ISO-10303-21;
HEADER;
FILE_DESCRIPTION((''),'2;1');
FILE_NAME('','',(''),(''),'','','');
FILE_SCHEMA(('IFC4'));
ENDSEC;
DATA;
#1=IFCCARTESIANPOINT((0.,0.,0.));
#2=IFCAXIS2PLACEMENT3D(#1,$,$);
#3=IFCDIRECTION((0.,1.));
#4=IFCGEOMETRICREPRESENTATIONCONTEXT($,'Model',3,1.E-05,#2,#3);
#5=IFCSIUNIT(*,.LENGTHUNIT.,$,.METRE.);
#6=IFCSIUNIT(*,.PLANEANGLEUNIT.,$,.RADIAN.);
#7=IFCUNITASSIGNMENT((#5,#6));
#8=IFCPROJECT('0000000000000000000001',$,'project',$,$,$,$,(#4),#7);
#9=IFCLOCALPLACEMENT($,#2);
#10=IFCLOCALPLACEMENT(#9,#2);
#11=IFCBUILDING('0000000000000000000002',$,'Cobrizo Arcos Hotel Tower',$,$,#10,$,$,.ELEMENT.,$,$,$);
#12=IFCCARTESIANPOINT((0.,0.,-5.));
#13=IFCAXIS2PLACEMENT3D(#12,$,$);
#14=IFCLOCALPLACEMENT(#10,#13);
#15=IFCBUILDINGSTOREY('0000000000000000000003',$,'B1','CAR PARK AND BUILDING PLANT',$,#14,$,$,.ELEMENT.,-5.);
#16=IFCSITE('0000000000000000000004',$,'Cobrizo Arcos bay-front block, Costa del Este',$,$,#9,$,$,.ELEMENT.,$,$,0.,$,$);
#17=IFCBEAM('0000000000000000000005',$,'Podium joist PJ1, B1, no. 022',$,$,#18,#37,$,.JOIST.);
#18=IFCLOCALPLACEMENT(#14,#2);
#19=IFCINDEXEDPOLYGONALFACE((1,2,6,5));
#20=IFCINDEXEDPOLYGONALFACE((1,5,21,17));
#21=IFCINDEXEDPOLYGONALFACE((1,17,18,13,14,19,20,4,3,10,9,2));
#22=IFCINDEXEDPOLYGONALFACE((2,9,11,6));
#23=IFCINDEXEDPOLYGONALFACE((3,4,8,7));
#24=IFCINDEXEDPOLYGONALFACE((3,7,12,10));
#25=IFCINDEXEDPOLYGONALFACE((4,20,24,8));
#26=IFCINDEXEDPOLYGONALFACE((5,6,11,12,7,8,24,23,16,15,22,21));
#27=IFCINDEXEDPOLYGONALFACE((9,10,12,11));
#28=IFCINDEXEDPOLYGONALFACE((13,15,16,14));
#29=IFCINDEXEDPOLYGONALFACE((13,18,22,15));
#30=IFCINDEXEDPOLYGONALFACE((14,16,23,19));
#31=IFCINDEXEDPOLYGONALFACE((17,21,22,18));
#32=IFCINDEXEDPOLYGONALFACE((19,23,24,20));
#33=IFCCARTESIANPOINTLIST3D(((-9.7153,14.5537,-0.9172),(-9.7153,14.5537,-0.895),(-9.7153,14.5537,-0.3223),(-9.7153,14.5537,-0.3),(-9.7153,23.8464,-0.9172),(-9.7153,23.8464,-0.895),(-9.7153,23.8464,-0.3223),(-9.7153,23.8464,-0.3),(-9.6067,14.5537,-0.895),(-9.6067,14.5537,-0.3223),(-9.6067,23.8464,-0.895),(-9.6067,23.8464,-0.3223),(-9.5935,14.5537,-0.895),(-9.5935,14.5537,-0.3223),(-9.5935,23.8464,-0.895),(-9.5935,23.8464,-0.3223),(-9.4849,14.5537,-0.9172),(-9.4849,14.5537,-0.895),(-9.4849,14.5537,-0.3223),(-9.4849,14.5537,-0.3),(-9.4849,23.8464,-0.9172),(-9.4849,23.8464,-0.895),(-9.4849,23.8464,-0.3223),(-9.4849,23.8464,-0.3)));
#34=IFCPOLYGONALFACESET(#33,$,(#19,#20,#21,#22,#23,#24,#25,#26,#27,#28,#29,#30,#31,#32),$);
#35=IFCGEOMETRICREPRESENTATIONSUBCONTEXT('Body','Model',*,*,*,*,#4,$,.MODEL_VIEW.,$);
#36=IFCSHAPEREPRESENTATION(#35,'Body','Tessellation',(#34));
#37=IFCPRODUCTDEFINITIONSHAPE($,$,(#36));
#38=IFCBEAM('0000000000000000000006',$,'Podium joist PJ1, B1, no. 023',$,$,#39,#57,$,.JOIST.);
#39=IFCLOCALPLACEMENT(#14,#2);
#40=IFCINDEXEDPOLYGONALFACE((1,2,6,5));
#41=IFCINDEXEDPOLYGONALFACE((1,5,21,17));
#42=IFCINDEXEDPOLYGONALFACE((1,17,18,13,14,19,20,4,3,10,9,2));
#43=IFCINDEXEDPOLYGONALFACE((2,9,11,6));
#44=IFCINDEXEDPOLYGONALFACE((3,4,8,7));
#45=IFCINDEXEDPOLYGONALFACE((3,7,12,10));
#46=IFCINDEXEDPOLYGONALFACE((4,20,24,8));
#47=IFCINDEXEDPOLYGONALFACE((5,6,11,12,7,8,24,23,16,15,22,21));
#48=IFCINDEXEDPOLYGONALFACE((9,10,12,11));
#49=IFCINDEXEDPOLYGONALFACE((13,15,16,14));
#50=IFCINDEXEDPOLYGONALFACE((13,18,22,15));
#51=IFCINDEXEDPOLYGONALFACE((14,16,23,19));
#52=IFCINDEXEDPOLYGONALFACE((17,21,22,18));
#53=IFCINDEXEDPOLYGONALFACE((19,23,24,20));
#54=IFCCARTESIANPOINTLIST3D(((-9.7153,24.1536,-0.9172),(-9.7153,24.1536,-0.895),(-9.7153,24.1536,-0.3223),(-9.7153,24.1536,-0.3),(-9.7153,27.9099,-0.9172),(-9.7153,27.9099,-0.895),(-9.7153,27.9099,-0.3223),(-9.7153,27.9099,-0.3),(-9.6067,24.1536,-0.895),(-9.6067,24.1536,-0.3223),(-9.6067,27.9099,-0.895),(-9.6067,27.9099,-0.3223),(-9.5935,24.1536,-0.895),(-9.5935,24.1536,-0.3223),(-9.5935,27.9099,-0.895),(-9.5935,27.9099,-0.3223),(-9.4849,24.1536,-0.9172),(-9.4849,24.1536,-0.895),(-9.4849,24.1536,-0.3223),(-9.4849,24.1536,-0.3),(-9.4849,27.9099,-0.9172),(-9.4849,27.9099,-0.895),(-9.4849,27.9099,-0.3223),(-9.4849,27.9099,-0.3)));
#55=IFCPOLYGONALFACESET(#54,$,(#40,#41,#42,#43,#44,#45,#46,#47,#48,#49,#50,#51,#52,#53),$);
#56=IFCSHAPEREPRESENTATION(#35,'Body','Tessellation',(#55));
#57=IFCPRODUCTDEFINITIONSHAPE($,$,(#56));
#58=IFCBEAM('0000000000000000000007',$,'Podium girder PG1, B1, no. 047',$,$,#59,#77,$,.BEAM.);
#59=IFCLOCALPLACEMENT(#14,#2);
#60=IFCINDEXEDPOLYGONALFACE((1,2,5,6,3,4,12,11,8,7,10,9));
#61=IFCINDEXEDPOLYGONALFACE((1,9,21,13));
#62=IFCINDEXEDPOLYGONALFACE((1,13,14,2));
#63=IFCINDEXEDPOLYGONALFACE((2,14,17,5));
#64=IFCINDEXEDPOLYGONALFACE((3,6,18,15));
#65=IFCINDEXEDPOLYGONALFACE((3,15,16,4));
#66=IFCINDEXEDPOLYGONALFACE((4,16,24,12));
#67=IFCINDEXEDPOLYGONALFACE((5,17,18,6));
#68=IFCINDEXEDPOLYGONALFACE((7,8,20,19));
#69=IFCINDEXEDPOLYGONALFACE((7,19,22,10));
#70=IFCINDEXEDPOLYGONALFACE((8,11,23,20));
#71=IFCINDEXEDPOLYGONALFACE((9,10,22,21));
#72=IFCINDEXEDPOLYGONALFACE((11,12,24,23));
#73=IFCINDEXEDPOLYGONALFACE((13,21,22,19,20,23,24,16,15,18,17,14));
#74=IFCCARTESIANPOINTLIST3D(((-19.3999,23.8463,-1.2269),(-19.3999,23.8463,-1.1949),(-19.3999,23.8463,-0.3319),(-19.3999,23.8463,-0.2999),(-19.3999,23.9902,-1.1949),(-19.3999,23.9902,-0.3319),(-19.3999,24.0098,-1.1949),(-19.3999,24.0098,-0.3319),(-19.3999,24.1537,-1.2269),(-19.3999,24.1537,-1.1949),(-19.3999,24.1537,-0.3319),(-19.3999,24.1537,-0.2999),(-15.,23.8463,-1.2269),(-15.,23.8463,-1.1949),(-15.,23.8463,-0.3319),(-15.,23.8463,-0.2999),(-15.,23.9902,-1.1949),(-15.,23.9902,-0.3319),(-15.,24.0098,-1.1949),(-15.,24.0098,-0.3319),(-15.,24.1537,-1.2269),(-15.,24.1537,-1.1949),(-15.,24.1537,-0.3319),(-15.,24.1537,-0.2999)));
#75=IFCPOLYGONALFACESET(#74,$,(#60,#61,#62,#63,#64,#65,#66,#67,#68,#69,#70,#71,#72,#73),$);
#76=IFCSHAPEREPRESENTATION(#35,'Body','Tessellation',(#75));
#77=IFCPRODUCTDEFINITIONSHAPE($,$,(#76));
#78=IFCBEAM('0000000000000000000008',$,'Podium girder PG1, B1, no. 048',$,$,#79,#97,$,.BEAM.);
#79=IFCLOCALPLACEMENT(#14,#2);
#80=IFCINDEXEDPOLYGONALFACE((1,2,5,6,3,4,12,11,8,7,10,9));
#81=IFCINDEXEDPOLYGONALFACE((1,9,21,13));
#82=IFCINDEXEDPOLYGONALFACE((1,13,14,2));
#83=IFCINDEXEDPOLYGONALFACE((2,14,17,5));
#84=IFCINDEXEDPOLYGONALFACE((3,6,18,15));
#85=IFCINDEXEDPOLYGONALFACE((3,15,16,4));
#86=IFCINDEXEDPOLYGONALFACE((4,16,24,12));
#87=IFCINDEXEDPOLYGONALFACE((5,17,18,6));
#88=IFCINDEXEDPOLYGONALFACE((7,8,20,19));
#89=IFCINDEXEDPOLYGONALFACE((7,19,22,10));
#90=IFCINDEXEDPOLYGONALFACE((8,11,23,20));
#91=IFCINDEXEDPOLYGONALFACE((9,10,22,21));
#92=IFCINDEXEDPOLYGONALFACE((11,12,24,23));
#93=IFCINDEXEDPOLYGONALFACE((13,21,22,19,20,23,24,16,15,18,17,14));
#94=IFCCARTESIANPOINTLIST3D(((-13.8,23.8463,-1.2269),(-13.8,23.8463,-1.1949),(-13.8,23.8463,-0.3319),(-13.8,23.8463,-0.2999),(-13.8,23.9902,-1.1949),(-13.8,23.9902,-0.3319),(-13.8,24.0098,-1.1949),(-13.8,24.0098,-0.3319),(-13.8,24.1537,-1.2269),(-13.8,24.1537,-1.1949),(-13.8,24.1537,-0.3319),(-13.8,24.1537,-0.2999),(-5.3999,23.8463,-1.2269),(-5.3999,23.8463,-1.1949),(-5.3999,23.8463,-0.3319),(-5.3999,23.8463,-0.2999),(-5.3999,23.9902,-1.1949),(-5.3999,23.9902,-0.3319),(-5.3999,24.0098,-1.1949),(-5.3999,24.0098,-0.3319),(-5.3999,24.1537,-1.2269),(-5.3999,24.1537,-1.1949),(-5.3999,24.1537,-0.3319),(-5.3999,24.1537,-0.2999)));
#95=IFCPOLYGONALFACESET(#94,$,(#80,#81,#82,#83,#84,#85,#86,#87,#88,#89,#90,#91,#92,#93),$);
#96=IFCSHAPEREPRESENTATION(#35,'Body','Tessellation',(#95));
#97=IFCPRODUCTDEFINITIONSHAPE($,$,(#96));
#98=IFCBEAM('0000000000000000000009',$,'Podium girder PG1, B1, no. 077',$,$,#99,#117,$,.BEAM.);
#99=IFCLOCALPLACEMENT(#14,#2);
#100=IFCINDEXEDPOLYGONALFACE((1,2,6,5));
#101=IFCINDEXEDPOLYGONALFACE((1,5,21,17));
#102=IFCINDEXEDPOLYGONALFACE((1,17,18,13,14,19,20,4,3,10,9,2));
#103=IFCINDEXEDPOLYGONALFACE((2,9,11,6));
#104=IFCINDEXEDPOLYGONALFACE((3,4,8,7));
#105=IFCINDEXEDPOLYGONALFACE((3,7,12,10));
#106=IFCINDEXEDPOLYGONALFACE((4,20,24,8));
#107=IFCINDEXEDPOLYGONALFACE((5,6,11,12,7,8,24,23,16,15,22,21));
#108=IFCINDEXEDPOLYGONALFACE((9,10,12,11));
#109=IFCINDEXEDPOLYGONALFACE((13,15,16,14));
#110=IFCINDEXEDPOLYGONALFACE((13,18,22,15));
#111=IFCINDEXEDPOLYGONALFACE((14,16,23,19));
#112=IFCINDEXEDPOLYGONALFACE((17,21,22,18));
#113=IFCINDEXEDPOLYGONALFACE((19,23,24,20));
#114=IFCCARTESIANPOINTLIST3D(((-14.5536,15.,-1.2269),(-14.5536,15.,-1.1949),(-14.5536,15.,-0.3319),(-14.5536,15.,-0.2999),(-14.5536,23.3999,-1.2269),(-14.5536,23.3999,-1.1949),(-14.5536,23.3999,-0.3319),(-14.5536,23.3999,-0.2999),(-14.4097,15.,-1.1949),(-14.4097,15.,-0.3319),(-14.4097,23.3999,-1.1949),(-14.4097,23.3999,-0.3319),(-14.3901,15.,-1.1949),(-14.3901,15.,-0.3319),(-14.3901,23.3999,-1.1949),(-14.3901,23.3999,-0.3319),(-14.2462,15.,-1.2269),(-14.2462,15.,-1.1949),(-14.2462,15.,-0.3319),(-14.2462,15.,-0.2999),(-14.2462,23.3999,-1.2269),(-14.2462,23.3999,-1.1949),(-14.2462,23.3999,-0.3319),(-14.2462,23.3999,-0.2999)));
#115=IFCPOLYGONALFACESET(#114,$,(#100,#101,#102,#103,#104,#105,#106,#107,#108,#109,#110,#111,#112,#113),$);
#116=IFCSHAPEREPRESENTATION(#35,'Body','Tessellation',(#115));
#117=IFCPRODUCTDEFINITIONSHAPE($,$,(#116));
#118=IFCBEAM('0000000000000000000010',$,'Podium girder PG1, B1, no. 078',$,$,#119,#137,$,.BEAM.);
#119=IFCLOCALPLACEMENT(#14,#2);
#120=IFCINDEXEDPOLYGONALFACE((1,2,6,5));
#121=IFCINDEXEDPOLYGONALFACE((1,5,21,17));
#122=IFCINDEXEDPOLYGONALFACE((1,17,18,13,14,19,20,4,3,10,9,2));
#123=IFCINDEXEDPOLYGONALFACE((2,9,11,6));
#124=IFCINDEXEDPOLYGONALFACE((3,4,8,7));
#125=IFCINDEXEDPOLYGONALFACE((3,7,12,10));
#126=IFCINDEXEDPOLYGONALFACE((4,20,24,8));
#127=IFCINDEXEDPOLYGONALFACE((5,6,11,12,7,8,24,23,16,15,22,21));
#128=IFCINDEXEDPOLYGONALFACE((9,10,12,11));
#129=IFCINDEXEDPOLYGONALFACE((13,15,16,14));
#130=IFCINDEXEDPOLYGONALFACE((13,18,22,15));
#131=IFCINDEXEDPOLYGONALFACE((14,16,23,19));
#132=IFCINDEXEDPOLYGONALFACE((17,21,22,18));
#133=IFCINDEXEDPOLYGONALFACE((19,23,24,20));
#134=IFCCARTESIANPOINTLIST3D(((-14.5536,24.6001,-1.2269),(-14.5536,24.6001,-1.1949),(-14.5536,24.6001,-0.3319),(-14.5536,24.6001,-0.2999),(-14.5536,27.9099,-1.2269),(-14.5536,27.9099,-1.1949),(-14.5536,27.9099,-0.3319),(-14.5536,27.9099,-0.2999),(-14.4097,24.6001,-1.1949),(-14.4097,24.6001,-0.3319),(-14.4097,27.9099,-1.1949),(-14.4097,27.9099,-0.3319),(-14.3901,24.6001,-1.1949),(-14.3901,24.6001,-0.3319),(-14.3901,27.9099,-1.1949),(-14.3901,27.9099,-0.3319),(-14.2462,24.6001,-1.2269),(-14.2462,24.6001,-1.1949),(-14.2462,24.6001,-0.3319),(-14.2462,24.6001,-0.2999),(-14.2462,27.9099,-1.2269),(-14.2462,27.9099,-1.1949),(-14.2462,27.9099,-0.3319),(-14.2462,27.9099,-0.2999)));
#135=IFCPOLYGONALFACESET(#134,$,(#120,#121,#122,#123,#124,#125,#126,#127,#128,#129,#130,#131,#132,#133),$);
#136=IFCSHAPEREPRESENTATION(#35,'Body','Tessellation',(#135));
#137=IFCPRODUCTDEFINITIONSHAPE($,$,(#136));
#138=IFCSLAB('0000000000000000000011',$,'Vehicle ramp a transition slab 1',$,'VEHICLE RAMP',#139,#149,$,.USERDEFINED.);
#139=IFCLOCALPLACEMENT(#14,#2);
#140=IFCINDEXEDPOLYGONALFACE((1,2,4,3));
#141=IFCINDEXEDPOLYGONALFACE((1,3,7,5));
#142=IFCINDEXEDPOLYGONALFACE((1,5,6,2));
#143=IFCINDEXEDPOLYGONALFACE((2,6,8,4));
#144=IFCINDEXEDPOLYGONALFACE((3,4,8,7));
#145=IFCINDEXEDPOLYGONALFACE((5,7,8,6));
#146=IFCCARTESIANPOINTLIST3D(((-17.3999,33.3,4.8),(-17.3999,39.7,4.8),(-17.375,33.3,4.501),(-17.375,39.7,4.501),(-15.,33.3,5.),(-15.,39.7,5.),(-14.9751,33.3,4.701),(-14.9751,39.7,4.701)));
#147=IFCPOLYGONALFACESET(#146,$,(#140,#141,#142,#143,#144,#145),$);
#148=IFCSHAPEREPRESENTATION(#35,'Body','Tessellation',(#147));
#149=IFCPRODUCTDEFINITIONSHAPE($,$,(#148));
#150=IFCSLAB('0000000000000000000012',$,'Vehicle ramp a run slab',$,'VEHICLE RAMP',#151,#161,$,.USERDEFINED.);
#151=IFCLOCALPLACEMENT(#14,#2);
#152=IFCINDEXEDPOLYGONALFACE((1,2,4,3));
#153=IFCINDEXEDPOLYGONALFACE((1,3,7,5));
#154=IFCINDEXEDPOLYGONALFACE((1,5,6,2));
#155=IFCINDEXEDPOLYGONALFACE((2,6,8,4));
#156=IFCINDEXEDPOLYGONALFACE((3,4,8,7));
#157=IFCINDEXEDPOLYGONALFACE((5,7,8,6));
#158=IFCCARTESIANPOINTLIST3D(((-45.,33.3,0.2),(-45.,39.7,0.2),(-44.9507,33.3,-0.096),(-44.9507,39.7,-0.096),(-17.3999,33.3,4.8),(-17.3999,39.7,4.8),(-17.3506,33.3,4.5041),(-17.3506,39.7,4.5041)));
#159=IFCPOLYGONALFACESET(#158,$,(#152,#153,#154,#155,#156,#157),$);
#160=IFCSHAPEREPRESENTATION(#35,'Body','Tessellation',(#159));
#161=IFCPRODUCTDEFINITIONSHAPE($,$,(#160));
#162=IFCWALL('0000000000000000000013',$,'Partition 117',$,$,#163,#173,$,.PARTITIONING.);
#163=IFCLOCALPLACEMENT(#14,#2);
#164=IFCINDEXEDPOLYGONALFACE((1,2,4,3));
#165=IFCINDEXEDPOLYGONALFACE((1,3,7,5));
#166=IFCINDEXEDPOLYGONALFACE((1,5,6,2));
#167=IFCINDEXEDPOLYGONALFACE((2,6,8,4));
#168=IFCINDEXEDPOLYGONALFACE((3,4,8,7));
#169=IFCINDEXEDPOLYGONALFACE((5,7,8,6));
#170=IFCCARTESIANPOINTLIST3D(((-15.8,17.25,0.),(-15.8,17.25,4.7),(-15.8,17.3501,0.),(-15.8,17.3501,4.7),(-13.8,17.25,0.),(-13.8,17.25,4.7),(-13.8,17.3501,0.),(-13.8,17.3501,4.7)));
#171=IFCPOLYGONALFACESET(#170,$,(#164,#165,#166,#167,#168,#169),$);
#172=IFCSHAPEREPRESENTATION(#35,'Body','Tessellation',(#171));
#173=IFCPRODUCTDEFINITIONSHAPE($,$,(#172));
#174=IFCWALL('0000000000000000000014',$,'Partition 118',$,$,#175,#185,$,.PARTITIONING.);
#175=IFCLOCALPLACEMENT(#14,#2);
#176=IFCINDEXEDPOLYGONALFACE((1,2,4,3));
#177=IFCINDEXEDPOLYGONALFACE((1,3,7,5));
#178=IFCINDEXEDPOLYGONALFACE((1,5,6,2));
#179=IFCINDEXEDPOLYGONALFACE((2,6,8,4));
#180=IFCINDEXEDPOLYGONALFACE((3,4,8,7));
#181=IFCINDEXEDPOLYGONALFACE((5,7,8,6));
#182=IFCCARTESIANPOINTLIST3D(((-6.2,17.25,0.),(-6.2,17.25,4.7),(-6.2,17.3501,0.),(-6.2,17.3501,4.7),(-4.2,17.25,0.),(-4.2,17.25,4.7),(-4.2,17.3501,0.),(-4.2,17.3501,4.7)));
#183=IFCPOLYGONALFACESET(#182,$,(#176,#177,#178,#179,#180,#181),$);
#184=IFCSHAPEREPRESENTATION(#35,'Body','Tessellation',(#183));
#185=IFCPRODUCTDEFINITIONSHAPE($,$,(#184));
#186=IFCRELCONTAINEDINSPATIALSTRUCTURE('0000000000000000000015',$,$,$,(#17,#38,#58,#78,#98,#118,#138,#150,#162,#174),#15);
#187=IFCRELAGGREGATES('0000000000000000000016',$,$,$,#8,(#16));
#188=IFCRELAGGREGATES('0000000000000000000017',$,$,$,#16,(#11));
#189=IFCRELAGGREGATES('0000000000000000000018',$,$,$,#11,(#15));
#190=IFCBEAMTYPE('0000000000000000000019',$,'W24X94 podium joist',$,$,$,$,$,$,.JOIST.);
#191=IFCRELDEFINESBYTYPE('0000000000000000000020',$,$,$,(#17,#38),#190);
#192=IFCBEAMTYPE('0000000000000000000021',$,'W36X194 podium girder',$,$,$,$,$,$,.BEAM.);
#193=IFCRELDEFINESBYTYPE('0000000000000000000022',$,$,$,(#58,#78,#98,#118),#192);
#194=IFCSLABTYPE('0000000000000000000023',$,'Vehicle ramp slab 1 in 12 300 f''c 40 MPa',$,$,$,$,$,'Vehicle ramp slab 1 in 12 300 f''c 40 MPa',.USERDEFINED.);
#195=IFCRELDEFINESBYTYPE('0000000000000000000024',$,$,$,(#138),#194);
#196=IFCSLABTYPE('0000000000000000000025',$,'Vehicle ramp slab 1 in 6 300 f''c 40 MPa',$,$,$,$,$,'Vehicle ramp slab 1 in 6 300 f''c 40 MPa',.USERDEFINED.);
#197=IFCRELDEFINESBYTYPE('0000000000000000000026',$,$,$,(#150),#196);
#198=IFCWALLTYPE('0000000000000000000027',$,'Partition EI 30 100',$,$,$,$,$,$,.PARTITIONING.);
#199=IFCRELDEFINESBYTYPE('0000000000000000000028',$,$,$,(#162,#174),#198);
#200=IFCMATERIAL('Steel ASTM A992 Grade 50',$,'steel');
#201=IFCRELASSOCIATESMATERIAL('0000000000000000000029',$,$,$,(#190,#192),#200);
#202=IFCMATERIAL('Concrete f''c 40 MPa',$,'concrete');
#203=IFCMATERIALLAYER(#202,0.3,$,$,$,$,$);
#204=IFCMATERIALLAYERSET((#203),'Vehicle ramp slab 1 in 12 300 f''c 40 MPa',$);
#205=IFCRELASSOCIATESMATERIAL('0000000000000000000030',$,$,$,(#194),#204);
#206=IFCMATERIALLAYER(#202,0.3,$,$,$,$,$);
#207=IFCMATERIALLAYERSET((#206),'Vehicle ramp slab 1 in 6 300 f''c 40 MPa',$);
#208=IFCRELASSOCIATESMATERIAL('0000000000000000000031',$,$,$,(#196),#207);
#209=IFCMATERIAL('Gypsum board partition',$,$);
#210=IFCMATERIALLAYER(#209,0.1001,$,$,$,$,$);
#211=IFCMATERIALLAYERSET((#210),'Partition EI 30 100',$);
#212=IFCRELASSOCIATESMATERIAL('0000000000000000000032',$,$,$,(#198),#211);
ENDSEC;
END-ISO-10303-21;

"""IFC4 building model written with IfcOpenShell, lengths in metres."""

from ifc_helpers import new_model, si_unit, direction, frame, frame_2d, origin, origin_2d, place, context, subcontext, project, spatial, polyline, rectangle, i_section, outline, extrude, material, layer, layer_set, material_profile, profile_set, type_object, element, save


model = new_model("IFC4")

# Units and contexts
model_context = context("Model", 3, precision=1e-05, world=origin(), true_north=direction((0.0, 1.0)))
body_context = subcontext(model_context, "Body", "Model", "MODEL_VIEW")
ifc_project = project(units=[si_unit("LENGTHUNIT", "METRE"), si_unit("PLANEANGLEUNIT", "RADIAN")], contexts=[model_context])

# Site, building, storey
site_placement = place(None, origin())
site = spatial("IfcSite", under=ifc_project, at=site_placement, Name="Cobrizo Arcos bay-front block, Costa del Este", CompositionType="ELEMENT", RefElevation=0.0)
building_placement = place(site_placement, origin())
building = spatial("IfcBuilding", under=site, at=building_placement, Name="Cobrizo Arcos Hotel Tower", CompositionType="ELEMENT")
storey_placement = place(building_placement, frame((0.0, 0.0, -5.0)))
storey = spatial("IfcBuildingStorey", under=building, at=storey_placement, Name="B1", Description="CAR PARK AND BUILDING PLANT", CompositionType="ELEMENT", Elevation=-5.0)

# Shared definitions
ifc_material_1 = material(Name="Concrete f'c 40 MPa", Category="concrete")

# Beams
ifc_material_2 = material(Name="Steel ASTM A992 Grade 50", Category="steel")
ifc_material_profile_1 = material_profile(ifc_material_2, i_section(OverallWidth=0.2305, OverallDepth=0.6172, WebThickness=0.0132, FlangeThickness=0.0222, at=origin_2d()), Name="W24X94")
ifc_profile_set_1 = profile_set([ifc_material_profile_1], Name="Steel ASTM A992 Grade 50")
beam_type_1 = type_object("IfcBeamType", Name="W24X94 podium joist", PredefinedType="JOIST", material=ifc_profile_set_1)
beam_1_placement = place(storey_placement, frame((-9.6001, 14.5537, -0.6086), z_axis=(0.0, 1.0, 0.0), x_axis=(-1.0, 0.0, 0.0)))
element("IfcBeam", 1, at=beam_1_placement, inside=storey, type_object=beam_type_1, Name="Podium joist PJ1, B1, no. 022", PredefinedType="JOIST", context=body_context, shape_type="SweptSolid", body=[
    extrude(i_section(OverallWidth=0.2305, OverallDepth=0.6172, WebThickness=0.0132, FlangeThickness=0.0222, at=origin_2d()), origin(), (0.0, 0.0, 1.0), 9.2927),
])
beam_2_placement = place(storey_placement, frame((-9.6001, 24.1536, -0.6086), z_axis=(0.0, 1.0, 0.0), x_axis=(-1.0, 0.0, 0.0)))
element("IfcBeam", 2, at=beam_2_placement, inside=storey, type_object=beam_type_1, Name="Podium joist PJ1, B1, no. 023", PredefinedType="JOIST", context=body_context, shape_type="SweptSolid", body=[
    extrude(i_section(OverallWidth=0.2305, OverallDepth=0.6172, WebThickness=0.0132, FlangeThickness=0.0222, at=origin_2d()), origin(), (0.0, 0.0, 1.0), 3.7563),
])
ifc_material_profile_2 = material_profile(ifc_material_2, i_section(OverallWidth=0.3074, OverallDepth=0.927, WebThickness=0.0195, FlangeThickness=0.032, at=origin_2d()), Name="W36X194")
ifc_profile_set_2 = profile_set([ifc_material_profile_2], Name="Steel ASTM A992 Grade 50")
beam_type_2 = type_object("IfcBeamType", Name="W36X194 podium girder", PredefinedType="BEAM", material=ifc_profile_set_2)
beam_3_placement = place(storey_placement, frame((-19.3999, 24.0, -0.7634), z_axis=(1.0, 0.0, 0.0), x_axis=(0.0, 1.0, 0.0)))
element("IfcBeam", 3, at=beam_3_placement, inside=storey, type_object=beam_type_2, Name="Podium girder PG1, B1, no. 047", PredefinedType="BEAM", context=body_context, shape_type="SweptSolid", body=[
    extrude(i_section(OverallWidth=0.3074, OverallDepth=0.927, WebThickness=0.0195, FlangeThickness=0.032, at=origin_2d()), origin(), (0.0, 0.0, 1.0), 4.3999),
])
beam_4_placement = place(storey_placement, frame((-13.8, 24.0, -0.7634), z_axis=(1.0, 0.0, 0.0), x_axis=(0.0, 1.0, 0.0)))
element("IfcBeam", 4, at=beam_4_placement, inside=storey, type_object=beam_type_2, Name="Podium girder PG1, B1, no. 048", PredefinedType="BEAM", context=body_context, shape_type="SweptSolid", body=[
    extrude(i_section(OverallWidth=0.3074, OverallDepth=0.927, WebThickness=0.0195, FlangeThickness=0.032, at=origin_2d()), origin(), (0.0, 0.0, 1.0), 8.4001),
])
beam_5_placement = place(storey_placement, frame((-14.3999, 15.0, -0.7634), z_axis=(0.0, 1.0, 0.0), x_axis=(-1.0, 0.0, 0.0)))
element("IfcBeam", 5, at=beam_5_placement, inside=storey, type_object=beam_type_2, Name="Podium girder PG1, B1, no. 077", PredefinedType="BEAM", context=body_context, shape_type="SweptSolid", body=[
    extrude(i_section(OverallWidth=0.3074, OverallDepth=0.927, WebThickness=0.0195, FlangeThickness=0.032, at=origin_2d()), origin(), (0.0, 0.0, 1.0), 8.3999),
])
beam_6_placement = place(storey_placement, frame((-14.3999, 24.6001, -0.7634), z_axis=(0.0, 1.0, 0.0), x_axis=(-1.0, 0.0, 0.0)))
element("IfcBeam", 6, at=beam_6_placement, inside=storey, type_object=beam_type_2, Name="Podium girder PG1, B1, no. 078", PredefinedType="BEAM", context=body_context, shape_type="SweptSolid", body=[
    extrude(i_section(OverallWidth=0.3074, OverallDepth=0.927, WebThickness=0.0195, FlangeThickness=0.032, at=origin_2d()), origin(), (0.0, 0.0, 1.0), 3.3098),
])

# Slabs
ifc_layer_1 = layer(ifc_material_1, 0.3)
ifc_layer_set_1 = layer_set([ifc_layer_1], Name="Vehicle ramp slab 1 in 12 300 f'c 40 MPa")
slab_type_1 = type_object("IfcSlabType", Name="Vehicle ramp slab 1 in 12 300 f'c 40 MPa", ElementType="Vehicle ramp slab 1 in 12 300 f'c 40 MPa", PredefinedType="USERDEFINED", material=ifc_layer_set_1)
slab_1_placement = place(storey_placement, frame((-15.0, 33.3, 5.0), z_axis=(-0.083029, 0.0, 0.996547), x_axis=(-0.996547, 0.0, -0.083029)))
element("IfcSlab", 7, at=slab_1_placement, inside=storey, type_object=slab_type_1, Name="Vehicle ramp a transition slab 1", ObjectType="VEHICLE RAMP", PredefinedType="USERDEFINED", context=body_context, shape_type="SweptSolid", body=[
    extrude(outline(polyline([(0.0, 0.0), (2.4082, 0.0), (2.4082, -6.3999), (0.0, -6.3999), (0.0, 0.0)])), origin(), (0.0, 0.0, -1.0), 0.3),
])
ifc_layer_2 = layer(ifc_material_1, 0.3)
ifc_layer_set_2 = layer_set([ifc_layer_2], Name="Vehicle ramp slab 1 in 6 300 f'c 40 MPa")
slab_type_2 = type_object("IfcSlabType", Name="Vehicle ramp slab 1 in 6 300 f'c 40 MPa", ElementType="Vehicle ramp slab 1 in 6 300 f'c 40 MPa", PredefinedType="USERDEFINED", material=ifc_layer_set_2)
slab_2_placement = place(storey_placement, frame((-17.3999, 33.3, 4.8), z_axis=(-0.164402, 0.0, 0.986393), x_axis=(-0.986393, 0.0, -0.164402)))
element("IfcSlab", 8, at=slab_2_placement, inside=storey, type_object=slab_type_2, Name="Vehicle ramp a run slab", ObjectType="VEHICLE RAMP", PredefinedType="USERDEFINED", context=body_context, shape_type="SweptSolid", body=[
    extrude(outline(polyline([(0.0, 0.0), (27.9808, 0.0), (27.9808, -6.3999), (0.0, -6.3999), (0.0, 0.0)])), origin(), (0.0, 0.0, -1.0), 0.3),
])

# Walls
ifc_material_3 = material(Name="Gypsum board partition")
ifc_layer_3 = layer(ifc_material_3, 0.1001)
ifc_layer_set_3 = layer_set([ifc_layer_3], Name="Partition EI 30 100")
wall_type = type_object("IfcWallType", Name="Partition EI 30 100", PredefinedType="PARTITIONING", material=ifc_layer_set_3)
for number, where, z_axis, x_axis, name in (
    (9, (-15.8, 17.3, 0.0), (0.0, 0.0, 1.0), (1.0, 0.0, 0.0), "Partition 117"),
    (10, (-6.2, 17.3, 0.0), (0.0, 0.0, 1.0), (1.0, 0.0, 0.0), "Partition 118"),
):
    element("IfcWall", number, at=place(storey_placement, frame(where, z_axis=z_axis, x_axis=x_axis)), inside=storey, type_object=wall_type, Name=name, PredefinedType="PARTITIONING", context=body_context, shape_type="SweptSolid", body=[
        extrude(rectangle(XDim=2.0, YDim=0.1001, at=frame_2d((1.0, 0.0))), origin(), (0.0, 0.0, 1.0), 4.7),
    ])

save(model, "model.ifc")
